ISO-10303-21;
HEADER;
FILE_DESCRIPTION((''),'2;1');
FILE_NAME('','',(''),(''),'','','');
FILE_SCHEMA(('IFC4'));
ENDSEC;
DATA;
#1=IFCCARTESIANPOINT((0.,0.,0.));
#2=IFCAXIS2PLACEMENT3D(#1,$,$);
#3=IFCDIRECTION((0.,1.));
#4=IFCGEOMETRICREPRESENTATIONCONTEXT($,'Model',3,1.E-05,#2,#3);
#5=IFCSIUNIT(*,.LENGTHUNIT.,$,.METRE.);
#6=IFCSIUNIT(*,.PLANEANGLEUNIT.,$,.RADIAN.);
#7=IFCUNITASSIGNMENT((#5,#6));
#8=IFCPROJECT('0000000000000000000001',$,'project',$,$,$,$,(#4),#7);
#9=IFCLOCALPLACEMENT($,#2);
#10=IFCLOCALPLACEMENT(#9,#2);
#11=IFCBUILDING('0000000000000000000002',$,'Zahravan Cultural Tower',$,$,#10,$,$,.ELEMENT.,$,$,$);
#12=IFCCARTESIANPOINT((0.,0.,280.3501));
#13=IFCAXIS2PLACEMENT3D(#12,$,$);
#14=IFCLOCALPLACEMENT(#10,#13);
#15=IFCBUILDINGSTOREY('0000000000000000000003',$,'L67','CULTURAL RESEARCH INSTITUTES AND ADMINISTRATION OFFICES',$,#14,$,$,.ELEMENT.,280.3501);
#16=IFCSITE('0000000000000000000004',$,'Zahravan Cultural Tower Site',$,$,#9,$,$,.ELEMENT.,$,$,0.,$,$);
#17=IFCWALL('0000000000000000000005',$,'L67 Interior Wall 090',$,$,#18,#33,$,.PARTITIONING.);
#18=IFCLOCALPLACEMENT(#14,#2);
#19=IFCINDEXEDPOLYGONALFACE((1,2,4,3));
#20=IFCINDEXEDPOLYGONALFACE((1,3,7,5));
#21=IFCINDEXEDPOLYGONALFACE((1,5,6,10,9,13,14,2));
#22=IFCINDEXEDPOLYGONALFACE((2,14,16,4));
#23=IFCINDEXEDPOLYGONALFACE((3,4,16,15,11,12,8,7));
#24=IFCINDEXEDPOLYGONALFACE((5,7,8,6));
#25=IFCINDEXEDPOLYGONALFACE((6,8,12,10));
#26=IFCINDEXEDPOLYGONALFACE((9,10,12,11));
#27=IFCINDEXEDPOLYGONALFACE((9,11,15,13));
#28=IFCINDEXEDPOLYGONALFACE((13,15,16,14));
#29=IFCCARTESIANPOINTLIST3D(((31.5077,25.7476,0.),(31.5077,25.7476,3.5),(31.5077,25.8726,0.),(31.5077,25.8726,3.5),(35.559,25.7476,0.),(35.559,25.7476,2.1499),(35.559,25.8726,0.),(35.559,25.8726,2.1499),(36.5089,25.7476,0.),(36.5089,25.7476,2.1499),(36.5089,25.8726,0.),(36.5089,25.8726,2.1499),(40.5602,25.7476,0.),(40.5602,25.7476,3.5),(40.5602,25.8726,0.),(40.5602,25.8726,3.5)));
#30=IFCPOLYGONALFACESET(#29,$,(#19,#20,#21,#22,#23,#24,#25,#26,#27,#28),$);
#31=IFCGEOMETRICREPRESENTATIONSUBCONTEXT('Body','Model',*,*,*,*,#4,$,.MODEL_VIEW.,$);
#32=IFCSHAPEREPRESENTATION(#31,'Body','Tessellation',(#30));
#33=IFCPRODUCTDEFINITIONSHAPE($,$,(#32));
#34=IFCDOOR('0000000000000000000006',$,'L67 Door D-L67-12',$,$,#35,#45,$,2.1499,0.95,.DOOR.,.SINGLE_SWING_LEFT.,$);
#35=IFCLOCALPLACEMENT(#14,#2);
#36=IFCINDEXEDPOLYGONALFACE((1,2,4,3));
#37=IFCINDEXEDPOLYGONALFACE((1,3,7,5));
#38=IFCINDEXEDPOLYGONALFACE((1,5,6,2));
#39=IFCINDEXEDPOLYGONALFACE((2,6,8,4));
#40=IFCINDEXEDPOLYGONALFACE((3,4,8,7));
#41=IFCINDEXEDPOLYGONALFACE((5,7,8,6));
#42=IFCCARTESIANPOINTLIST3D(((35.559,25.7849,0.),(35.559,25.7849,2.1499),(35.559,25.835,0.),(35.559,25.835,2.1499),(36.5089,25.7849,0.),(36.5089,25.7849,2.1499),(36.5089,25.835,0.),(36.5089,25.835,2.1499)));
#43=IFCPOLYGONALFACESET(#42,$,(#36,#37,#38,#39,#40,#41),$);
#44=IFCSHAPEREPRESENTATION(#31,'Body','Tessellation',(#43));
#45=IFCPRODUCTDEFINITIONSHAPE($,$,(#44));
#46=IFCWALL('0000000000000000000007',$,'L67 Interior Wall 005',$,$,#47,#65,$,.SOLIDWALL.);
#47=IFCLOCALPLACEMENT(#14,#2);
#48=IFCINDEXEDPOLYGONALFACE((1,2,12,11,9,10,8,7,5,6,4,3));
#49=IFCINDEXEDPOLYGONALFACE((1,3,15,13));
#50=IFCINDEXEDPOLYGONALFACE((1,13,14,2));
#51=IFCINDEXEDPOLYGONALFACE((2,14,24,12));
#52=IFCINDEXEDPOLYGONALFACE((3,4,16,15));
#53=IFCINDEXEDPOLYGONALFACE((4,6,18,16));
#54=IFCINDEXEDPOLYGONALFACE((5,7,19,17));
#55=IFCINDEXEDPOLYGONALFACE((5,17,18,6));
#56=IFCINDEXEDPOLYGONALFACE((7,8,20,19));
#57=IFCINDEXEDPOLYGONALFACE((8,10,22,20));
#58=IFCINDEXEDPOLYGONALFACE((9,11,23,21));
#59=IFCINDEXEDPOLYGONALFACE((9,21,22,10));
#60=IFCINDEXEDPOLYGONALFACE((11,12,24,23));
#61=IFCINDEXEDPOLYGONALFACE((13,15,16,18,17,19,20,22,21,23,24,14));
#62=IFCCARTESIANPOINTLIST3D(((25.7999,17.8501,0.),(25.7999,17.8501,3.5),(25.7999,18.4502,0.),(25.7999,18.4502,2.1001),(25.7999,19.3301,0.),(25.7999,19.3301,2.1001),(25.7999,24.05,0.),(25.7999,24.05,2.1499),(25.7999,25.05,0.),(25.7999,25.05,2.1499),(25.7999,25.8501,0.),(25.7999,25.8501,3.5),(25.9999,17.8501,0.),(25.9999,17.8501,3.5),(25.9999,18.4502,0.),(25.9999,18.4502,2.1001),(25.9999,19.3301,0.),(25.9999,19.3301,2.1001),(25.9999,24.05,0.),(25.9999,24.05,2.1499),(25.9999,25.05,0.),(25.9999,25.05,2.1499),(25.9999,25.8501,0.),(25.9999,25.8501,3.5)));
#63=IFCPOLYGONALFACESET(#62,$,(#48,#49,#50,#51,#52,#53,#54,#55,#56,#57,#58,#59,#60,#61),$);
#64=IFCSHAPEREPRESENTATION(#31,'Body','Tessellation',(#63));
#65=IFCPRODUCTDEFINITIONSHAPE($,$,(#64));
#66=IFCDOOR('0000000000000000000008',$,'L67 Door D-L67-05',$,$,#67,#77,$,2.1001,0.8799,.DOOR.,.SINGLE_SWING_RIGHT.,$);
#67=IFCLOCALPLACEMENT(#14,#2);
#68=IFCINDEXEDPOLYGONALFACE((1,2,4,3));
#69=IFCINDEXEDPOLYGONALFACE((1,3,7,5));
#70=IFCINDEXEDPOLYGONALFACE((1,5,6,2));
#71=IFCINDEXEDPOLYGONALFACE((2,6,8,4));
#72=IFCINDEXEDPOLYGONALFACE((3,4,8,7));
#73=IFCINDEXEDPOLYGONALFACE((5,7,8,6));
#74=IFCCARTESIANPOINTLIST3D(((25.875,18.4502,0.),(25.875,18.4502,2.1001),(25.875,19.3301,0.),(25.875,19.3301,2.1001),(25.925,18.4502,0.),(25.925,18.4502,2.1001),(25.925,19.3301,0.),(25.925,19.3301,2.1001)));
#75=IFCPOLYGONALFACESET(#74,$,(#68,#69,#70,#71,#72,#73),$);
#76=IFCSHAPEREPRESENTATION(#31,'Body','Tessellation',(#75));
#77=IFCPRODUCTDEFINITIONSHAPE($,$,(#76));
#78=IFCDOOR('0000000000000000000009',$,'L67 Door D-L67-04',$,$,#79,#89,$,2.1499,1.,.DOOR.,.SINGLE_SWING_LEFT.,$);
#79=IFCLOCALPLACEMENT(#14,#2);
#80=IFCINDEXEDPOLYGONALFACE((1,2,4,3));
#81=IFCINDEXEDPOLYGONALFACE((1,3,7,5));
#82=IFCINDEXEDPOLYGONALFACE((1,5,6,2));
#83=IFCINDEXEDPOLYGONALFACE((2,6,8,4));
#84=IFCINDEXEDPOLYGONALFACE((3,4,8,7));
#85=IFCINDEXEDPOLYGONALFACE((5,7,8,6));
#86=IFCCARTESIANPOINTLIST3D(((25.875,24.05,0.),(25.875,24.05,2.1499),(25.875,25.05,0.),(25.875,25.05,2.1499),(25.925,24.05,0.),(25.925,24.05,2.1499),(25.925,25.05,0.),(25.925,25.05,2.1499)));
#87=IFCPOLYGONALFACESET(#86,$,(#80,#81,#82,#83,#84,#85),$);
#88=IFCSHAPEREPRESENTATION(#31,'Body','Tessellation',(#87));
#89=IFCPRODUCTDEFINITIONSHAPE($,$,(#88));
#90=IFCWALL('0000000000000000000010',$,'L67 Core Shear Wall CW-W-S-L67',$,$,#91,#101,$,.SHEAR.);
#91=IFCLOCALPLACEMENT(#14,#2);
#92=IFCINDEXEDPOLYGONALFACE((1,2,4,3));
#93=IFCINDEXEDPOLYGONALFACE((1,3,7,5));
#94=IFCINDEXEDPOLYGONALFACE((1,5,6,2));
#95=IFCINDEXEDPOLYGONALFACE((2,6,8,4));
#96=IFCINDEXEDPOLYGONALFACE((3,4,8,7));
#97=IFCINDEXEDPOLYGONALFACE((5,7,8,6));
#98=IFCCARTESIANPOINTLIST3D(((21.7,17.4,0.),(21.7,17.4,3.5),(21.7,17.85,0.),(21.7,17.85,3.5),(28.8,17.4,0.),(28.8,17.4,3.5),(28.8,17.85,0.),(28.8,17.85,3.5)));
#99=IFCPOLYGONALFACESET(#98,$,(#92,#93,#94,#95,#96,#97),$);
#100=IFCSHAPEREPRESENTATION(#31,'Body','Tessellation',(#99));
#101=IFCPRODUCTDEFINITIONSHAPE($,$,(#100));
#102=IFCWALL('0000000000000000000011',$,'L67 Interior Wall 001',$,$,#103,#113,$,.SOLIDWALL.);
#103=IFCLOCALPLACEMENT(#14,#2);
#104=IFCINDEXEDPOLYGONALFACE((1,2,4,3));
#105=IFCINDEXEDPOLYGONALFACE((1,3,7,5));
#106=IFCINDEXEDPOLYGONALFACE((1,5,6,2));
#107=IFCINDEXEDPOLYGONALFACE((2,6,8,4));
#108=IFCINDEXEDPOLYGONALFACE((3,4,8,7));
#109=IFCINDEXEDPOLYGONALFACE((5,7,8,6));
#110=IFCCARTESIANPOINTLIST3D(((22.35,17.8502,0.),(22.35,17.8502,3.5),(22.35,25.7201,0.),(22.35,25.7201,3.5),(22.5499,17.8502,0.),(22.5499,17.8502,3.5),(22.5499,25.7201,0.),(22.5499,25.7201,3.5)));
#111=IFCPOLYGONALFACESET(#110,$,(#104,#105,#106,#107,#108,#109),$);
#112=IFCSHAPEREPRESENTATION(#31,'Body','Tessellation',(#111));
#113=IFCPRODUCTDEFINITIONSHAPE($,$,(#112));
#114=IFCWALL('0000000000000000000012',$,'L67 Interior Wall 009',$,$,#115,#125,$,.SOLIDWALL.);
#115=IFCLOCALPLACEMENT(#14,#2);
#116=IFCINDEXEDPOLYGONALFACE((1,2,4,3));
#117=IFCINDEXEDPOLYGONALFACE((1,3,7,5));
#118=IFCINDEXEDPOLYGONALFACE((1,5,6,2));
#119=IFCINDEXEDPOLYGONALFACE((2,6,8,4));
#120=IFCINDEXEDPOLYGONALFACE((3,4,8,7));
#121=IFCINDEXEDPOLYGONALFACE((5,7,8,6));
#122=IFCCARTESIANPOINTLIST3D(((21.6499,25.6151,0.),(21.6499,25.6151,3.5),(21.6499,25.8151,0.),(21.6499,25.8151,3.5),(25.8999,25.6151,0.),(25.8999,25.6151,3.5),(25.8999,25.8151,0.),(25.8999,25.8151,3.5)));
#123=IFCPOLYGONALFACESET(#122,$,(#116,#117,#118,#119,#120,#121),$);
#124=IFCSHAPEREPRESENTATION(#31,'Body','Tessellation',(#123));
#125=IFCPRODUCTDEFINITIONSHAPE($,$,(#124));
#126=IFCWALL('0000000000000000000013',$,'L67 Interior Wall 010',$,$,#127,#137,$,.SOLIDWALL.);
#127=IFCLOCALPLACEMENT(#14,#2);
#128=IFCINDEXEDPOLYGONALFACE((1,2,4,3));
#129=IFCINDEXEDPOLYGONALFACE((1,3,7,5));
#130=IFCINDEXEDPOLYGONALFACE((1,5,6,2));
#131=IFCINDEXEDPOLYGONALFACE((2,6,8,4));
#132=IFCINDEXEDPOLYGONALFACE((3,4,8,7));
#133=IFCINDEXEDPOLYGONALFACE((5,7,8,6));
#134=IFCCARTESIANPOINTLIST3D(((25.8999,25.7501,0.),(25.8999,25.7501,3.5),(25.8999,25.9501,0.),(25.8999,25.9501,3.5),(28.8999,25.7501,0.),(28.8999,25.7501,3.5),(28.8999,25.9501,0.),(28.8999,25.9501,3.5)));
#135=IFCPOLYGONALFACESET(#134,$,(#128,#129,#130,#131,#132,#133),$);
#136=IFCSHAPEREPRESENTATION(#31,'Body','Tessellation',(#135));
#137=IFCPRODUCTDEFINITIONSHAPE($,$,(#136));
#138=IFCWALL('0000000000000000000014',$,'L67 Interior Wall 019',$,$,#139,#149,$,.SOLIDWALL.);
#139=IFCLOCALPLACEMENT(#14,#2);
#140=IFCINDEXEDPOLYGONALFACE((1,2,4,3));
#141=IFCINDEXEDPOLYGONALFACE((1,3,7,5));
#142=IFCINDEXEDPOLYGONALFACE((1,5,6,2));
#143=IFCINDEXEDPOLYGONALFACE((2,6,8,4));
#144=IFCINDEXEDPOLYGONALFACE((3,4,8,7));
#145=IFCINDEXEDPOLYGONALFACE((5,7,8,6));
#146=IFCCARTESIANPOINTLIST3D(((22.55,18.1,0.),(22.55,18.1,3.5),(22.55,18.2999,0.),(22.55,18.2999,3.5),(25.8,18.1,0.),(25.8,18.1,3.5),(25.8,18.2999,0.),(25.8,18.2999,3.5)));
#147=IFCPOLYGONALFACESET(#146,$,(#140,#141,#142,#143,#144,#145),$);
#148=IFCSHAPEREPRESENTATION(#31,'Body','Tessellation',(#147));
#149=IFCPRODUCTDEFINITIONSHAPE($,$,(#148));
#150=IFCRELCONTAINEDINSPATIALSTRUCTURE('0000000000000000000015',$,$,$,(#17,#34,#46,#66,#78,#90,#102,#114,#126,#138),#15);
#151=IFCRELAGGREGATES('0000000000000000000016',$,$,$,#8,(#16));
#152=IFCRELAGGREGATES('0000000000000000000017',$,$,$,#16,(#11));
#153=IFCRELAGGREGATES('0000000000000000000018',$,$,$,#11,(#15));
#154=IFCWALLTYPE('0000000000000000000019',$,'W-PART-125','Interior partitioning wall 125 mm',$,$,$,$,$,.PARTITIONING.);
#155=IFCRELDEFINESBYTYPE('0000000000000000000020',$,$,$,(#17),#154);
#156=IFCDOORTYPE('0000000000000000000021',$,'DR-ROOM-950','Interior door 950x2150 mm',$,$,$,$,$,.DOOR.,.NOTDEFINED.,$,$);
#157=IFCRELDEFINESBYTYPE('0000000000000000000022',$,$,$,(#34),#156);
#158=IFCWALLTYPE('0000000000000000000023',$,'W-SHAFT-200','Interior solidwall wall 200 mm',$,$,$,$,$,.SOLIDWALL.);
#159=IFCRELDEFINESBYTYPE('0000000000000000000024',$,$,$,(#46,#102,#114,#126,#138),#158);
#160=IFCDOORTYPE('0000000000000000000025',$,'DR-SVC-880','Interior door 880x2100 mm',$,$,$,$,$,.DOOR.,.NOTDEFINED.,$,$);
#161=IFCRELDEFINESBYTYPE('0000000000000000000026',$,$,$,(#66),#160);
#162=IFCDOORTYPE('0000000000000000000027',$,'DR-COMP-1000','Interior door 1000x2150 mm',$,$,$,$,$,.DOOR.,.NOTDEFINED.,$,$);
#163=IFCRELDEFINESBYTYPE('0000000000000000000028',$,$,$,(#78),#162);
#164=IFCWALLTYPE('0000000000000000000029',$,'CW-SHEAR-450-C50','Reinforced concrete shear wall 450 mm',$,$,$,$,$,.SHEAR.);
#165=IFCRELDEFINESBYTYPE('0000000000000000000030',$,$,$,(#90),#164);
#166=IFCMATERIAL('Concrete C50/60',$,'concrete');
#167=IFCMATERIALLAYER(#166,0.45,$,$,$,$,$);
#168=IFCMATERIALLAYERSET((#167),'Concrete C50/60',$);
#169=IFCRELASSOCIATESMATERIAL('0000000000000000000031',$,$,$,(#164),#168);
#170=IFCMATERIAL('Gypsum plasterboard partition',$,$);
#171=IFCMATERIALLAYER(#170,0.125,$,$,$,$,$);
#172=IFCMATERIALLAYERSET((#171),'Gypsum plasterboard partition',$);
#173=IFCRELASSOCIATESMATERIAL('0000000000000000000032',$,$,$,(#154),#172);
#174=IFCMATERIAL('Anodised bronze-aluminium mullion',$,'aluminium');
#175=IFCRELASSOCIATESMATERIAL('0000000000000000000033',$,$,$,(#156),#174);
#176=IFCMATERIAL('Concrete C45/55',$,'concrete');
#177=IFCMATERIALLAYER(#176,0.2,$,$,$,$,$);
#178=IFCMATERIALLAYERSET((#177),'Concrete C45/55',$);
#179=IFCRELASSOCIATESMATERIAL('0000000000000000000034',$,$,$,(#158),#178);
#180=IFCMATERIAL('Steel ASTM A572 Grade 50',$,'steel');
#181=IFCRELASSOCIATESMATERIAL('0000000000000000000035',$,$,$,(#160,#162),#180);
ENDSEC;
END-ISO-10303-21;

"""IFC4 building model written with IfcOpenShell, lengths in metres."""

from ifc_helpers import new_model, si_unit, direction, frame, frame_2d, origin, place, context, subcontext, project, spatial, rectangle, extrude, source, transform, mapped, material, layer, layer_set, type_object, element, fill, save


model = new_model("IFC4")

# Units and contexts
model_context = context("Model", 3, precision=1e-05, world=origin(), true_north=direction((0.0, 1.0)))
body_context = subcontext(model_context, "Body", "Model", "MODEL_VIEW")
ifc_project = project(units=[si_unit("LENGTHUNIT", "METRE"), si_unit("PLANEANGLEUNIT", "RADIAN")], contexts=[model_context])

# Site, building, storey
site_placement = place(None, origin())
site = spatial("IfcSite", under=ifc_project, at=site_placement, Name="Zahravan Cultural Tower Site", CompositionType="ELEMENT", RefElevation=0.0)
building_placement = place(site_placement, origin())
building = spatial("IfcBuilding", under=site, at=building_placement, Name="Zahravan Cultural Tower", CompositionType="ELEMENT")
storey_placement = place(building_placement, frame((0.0, 0.0, 280.3501)))
storey = spatial("IfcBuildingStorey", under=building, at=storey_placement, Name="L67", Description="CULTURAL RESEARCH INSTITUTES AND ADMINISTRATION OFFICES", CompositionType="ELEMENT", Elevation=280.3501)

# Shared definitions
ifc_material_1 = material(Name="Concrete C50/60", Category="concrete")

# Wall, opening, door
ifc_layer_1 = layer(ifc_material_1, 0.45)
ifc_layer_set_1 = layer_set([ifc_layer_1], Name="Concrete C50/60")
wall_type_1 = type_object("IfcWallType", Name="CW-SHEAR-450-C50", Description="Reinforced concrete shear wall 450 mm", PredefinedType="SHEAR", material=ifc_layer_set_1)
ifc_material_2 = material(Name="Steel ASTM A572 Grade 50", Category="steel")
ifc_material_3 = material(Name="Gypsum plasterboard partition")
ifc_layer_2 = layer(ifc_material_3, 0.125)
ifc_layer_set_2 = layer_set([ifc_layer_2], Name="Gypsum plasterboard partition")
wall_type_2 = type_object("IfcWallType", Name="W-PART-125", Description="Interior partitioning wall 125 mm", PredefinedType="PARTITIONING", material=ifc_layer_set_2)
wall_1_placement = place(storey_placement, frame((31.5076, 25.8101, 0.0), z_axis=(0.0, 0.0, 1.0), x_axis=(1.0, 0.0, 0.0)))
wall_1 = element("IfcWall", 1, at=wall_1_placement, inside=storey, type_object=wall_type_2, Name="L67 Interior Wall 090", PredefinedType="PARTITIONING", context=body_context, shape_type="SweptSolid", body=[
    extrude(rectangle(XDim=9.0525, YDim=0.125, at=frame_2d((4.5264, 0.0))), origin(), (0.0, 0.0, 1.0), 3.5),
])
opening_1_placement = place(wall_1_placement, frame((4.0513, 0.0, 0.0)))
opening_1 = element("IfcOpeningElement", 2, at=opening_1_placement, cuts=wall_1, PredefinedType="OPENING", context=body_context, shape_type="SweptSolid", body=[
    extrude(rectangle(XDim=0.95, YDim=2.1499, at=frame_2d((0.4751, 1.075))), frame((0.0, 0.0725, 0.0), z_axis=(0.0, -1.0, 0.0), x_axis=(1.0, 0.0, 0.0)), (0.0, 0.0, 1.0), 0.145),
])
ifc_material_4 = material(Name="Anodised bronze-aluminium mullion", Category="aluminium")
door_type_1 = type_object("IfcDoorType", Name="DR-ROOM-950", Description="Interior door 950x2150 mm", OperationType="NOTDEFINED", PredefinedType="DOOR", material=ifc_material_4)
shared_shape_1 = source(origin(), body_context, "Body", "SweptSolid", [
    extrude(rectangle(XDim=0.95, YDim=2.1499, at=frame_2d((0.4751, 1.075))), frame((0.0, 0.0249, 0.0), z_axis=(0.0, -1.0, 0.0), x_axis=(1.0, 0.0, 0.0)), (0.0, 0.0, 1.0), 0.05),
])
door_1_placement = place(opening_1_placement, origin())
door_1 = element("IfcDoor", 3, at=door_1_placement, inside=storey, type_object=door_type_1, Name="L67 Door D-L67-12", OperationType="SINGLE_SWING_LEFT", OverallHeight=2.1499, OverallWidth=0.95, PredefinedType="DOOR", context=body_context, shape_type="MappedRepresentation", body=[
    mapped(shared_shape_1, transform((0.0, 0.0, 0.0), x_axis=(1.0, 0.0, 0.0), y_axis=(0.0, 1.0, 0.0), z_axis=(0.0, 0.0, 1.0), scale=1.0)),
])
fill(opening_1, door_1)

# Wall, openings, doors
ifc_material_5 = material(Name="Concrete C45/55", Category="concrete")
ifc_layer_3 = layer(ifc_material_5, 0.2)
ifc_layer_set_3 = layer_set([ifc_layer_3], Name="Concrete C45/55")
wall_type_3 = type_object("IfcWallType", Name="W-SHAFT-200", Description="Interior solidwall wall 200 mm", PredefinedType="SOLIDWALL", material=ifc_layer_set_3)
wall_2_placement = place(storey_placement, frame((25.8999, 17.8501, 0.0), z_axis=(0.0, 0.0, 1.0), x_axis=(0.0, 1.0, 0.0)))
wall_2 = element("IfcWall", 4, at=wall_2_placement, inside=storey, type_object=wall_type_3, Name="L67 Interior Wall 005", PredefinedType="SOLIDWALL", context=body_context, shape_type="SweptSolid", body=[
    extrude(rectangle(XDim=8.0, YDim=0.2, at=frame_2d((4.0, 0.0))), origin(), (0.0, 0.0, 1.0), 3.5),
])
opening_2_placement = place(wall_2_placement, frame((6.2, 0.0, 0.0)))
opening_2 = element("IfcOpeningElement", 5, at=opening_2_placement, cuts=wall_2, PredefinedType="OPENING", context=body_context, shape_type="SweptSolid", body=[
    extrude(rectangle(XDim=1.0, YDim=2.1499, at=frame_2d((0.5, 1.075))), frame((0.0, 0.1099, 0.0), z_axis=(0.0, -1.0, 0.0), x_axis=(1.0, 0.0, 0.0)), (0.0, 0.0, 1.0), 0.22),
])
opening_3_placement = place(wall_2_placement, frame((0.6001, 0.0, 0.0)))
opening_3 = element("IfcOpeningElement", 6, at=opening_3_placement, cuts=wall_2, PredefinedType="OPENING", context=body_context, shape_type="SweptSolid", body=[
    extrude(rectangle(XDim=0.8799, YDim=2.1001, at=frame_2d((0.4399, 1.05))), frame((0.0, 0.1099, 0.0), z_axis=(0.0, -1.0, 0.0), x_axis=(1.0, 0.0, 0.0)), (0.0, 0.0, 1.0), 0.22),
])
door_type_2 = type_object("IfcDoorType", Name="DR-SVC-880", Description="Interior door 880x2100 mm", OperationType="NOTDEFINED", PredefinedType="DOOR", material=ifc_material_2)
shared_shape_2 = source(origin(), body_context, "Body", "SweptSolid", [
    extrude(rectangle(XDim=0.8799, YDim=2.1001, at=frame_2d((0.4399, 1.05))), frame((0.0, 0.0249, 0.0), z_axis=(0.0, -1.0, 0.0), x_axis=(1.0, 0.0, 0.0)), (0.0, 0.0, 1.0), 0.05),
])
door_2_placement = place(opening_3_placement, origin())
door_2 = element("IfcDoor", 7, at=door_2_placement, inside=storey, type_object=door_type_2, Name="L67 Door D-L67-05", OperationType="SINGLE_SWING_RIGHT", OverallHeight=2.1001, OverallWidth=0.8799, PredefinedType="DOOR", context=body_context, shape_type="MappedRepresentation", body=[
    mapped(shared_shape_2, transform((0.0, 0.0, 0.0), x_axis=(1.0, 0.0, 0.0), y_axis=(0.0, 1.0, 0.0), z_axis=(0.0, 0.0, 1.0), scale=1.0)),
])
fill(opening_3, door_2)
door_type_3 = type_object("IfcDoorType", Name="DR-COMP-1000", Description="Interior door 1000x2150 mm", OperationType="NOTDEFINED", PredefinedType="DOOR", material=ifc_material_2)
shared_shape_3 = source(origin(), body_context, "Body", "SweptSolid", [
    extrude(rectangle(XDim=1.0, YDim=2.1499, at=frame_2d((0.5, 1.075))), frame((0.0, 0.0249, 0.0), z_axis=(0.0, -1.0, 0.0), x_axis=(1.0, 0.0, 0.0)), (0.0, 0.0, 1.0), 0.05),
])
door_3_placement = place(opening_2_placement, origin())
door_3 = element("IfcDoor", 8, at=door_3_placement, inside=storey, type_object=door_type_3, Name="L67 Door D-L67-04", OperationType="SINGLE_SWING_LEFT", OverallHeight=2.1499, OverallWidth=1.0, PredefinedType="DOOR", context=body_context, shape_type="MappedRepresentation", body=[
    mapped(shared_shape_3, transform((0.0, 0.0, 0.0), x_axis=(1.0, 0.0, 0.0), y_axis=(0.0, 1.0, 0.0), z_axis=(0.0, 0.0, 1.0), scale=1.0)),
])
fill(opening_2, door_3)

# Walls
shared_shape_4 = source(origin(), body_context, "Body", "SweptSolid", [
    extrude(rectangle(XDim=7.1001, YDim=0.45, at=frame_2d((3.55, 0.0))), origin(), (0.0, 0.0, 1.0), 3.5),
])
wall_3_placement = place(storey_placement, frame((21.7, 17.625, 0.0), z_axis=(0.0, 0.0, 1.0), x_axis=(1.0, 0.0, 0.0)))
element("IfcWall", 9, at=wall_3_placement, inside=storey, type_object=wall_type_1, Name="L67 Core Shear Wall CW-W-S-L67", PredefinedType="SHEAR", context=body_context, shape_type="MappedRepresentation", body=[
    mapped(shared_shape_4, transform((0.0, 0.0, 0.0), x_axis=(1.0, 0.0, 0.0), y_axis=(0.0, 1.0, 0.0), z_axis=(0.0, 0.0, 1.0), scale=1.0)),
])
shared_shape_5 = source(origin(), body_context, "Body", "SweptSolid", [
    extrude(rectangle(XDim=7.8699, YDim=0.2, at=frame_2d((3.9351, 0.0))), origin(), (0.0, 0.0, 1.0), 3.5),
])
wall_4_placement = place(storey_placement, frame((22.45, 17.8501, 0.0), z_axis=(0.0, 0.0, 1.0), x_axis=(0.0, 1.0, 0.0)))
element("IfcWall", 10, at=wall_4_placement, inside=storey, type_object=wall_type_3, Name="L67 Interior Wall 001", PredefinedType="SOLIDWALL", context=body_context, shape_type="MappedRepresentation", body=[
    mapped(shared_shape_5, transform((0.0, 0.0, 0.0), x_axis=(1.0, 0.0, 0.0), y_axis=(0.0, 1.0, 0.0), z_axis=(0.0, 0.0, 1.0), scale=1.0)),
])
shared_shape_6 = source(origin(), body_context, "Body", "SweptSolid", [
    extrude(rectangle(XDim=4.25, YDim=0.2, at=frame_2d((2.125, 0.0))), origin(), (0.0, 0.0, 1.0), 3.5),
])
wall_5_placement = place(storey_placement, frame((21.6499, 25.7151, 0.0), z_axis=(0.0, 0.0, 1.0), x_axis=(1.0, 0.0, 0.0)))
element("IfcWall", 11, at=wall_5_placement, inside=storey, type_object=wall_type_3, Name="L67 Interior Wall 009", PredefinedType="SOLIDWALL", context=body_context, shape_type="MappedRepresentation", body=[
    mapped(shared_shape_6, transform((0.0, 0.0, 0.0), x_axis=(1.0, 0.0, 0.0), y_axis=(0.0, 1.0, 0.0), z_axis=(0.0, 0.0, 1.0), scale=1.0)),
])
shared_shape_7 = source(origin(), body_context, "Body", "SweptSolid", [
    extrude(rectangle(XDim=3.0, YDim=0.2, at=frame_2d((1.5, 0.0))), origin(), (0.0, 0.0, 1.0), 3.5),
])
wall_6_placement = place(storey_placement, frame((25.8999, 25.8501, 0.0), z_axis=(0.0, 0.0, 1.0), x_axis=(1.0, 0.0, 0.0)))
element("IfcWall", 12, at=wall_6_placement, inside=storey, type_object=wall_type_3, Name="L67 Interior Wall 010", PredefinedType="SOLIDWALL", context=body_context, shape_type="MappedRepresentation", body=[
    mapped(shared_shape_7, transform((0.0, 0.0, 0.0), x_axis=(1.0, 0.0, 0.0), y_axis=(0.0, 1.0, 0.0), z_axis=(0.0, 0.0, 1.0), scale=1.0)),
])
shared_shape_8 = source(origin(), body_context, "Body", "SweptSolid", [
    extrude(rectangle(XDim=3.25, YDim=0.2, at=frame_2d((1.625, 0.0))), origin(), (0.0, 0.0, 1.0), 3.5),
])
wall_7_placement = place(storey_placement, frame((22.55, 18.2, 0.0), z_axis=(0.0, 0.0, 1.0), x_axis=(1.0, 0.0, 0.0)))
element("IfcWall", 13, at=wall_7_placement, inside=storey, type_object=wall_type_3, Name="L67 Interior Wall 019", PredefinedType="SOLIDWALL", context=body_context, shape_type="MappedRepresentation", body=[
    mapped(shared_shape_8, transform((0.0, 0.0, 0.0), x_axis=(1.0, 0.0, 0.0), y_axis=(0.0, 1.0, 0.0), z_axis=(0.0, 0.0, 1.0), scale=1.0)),
])

save(model, "model.ifc")
